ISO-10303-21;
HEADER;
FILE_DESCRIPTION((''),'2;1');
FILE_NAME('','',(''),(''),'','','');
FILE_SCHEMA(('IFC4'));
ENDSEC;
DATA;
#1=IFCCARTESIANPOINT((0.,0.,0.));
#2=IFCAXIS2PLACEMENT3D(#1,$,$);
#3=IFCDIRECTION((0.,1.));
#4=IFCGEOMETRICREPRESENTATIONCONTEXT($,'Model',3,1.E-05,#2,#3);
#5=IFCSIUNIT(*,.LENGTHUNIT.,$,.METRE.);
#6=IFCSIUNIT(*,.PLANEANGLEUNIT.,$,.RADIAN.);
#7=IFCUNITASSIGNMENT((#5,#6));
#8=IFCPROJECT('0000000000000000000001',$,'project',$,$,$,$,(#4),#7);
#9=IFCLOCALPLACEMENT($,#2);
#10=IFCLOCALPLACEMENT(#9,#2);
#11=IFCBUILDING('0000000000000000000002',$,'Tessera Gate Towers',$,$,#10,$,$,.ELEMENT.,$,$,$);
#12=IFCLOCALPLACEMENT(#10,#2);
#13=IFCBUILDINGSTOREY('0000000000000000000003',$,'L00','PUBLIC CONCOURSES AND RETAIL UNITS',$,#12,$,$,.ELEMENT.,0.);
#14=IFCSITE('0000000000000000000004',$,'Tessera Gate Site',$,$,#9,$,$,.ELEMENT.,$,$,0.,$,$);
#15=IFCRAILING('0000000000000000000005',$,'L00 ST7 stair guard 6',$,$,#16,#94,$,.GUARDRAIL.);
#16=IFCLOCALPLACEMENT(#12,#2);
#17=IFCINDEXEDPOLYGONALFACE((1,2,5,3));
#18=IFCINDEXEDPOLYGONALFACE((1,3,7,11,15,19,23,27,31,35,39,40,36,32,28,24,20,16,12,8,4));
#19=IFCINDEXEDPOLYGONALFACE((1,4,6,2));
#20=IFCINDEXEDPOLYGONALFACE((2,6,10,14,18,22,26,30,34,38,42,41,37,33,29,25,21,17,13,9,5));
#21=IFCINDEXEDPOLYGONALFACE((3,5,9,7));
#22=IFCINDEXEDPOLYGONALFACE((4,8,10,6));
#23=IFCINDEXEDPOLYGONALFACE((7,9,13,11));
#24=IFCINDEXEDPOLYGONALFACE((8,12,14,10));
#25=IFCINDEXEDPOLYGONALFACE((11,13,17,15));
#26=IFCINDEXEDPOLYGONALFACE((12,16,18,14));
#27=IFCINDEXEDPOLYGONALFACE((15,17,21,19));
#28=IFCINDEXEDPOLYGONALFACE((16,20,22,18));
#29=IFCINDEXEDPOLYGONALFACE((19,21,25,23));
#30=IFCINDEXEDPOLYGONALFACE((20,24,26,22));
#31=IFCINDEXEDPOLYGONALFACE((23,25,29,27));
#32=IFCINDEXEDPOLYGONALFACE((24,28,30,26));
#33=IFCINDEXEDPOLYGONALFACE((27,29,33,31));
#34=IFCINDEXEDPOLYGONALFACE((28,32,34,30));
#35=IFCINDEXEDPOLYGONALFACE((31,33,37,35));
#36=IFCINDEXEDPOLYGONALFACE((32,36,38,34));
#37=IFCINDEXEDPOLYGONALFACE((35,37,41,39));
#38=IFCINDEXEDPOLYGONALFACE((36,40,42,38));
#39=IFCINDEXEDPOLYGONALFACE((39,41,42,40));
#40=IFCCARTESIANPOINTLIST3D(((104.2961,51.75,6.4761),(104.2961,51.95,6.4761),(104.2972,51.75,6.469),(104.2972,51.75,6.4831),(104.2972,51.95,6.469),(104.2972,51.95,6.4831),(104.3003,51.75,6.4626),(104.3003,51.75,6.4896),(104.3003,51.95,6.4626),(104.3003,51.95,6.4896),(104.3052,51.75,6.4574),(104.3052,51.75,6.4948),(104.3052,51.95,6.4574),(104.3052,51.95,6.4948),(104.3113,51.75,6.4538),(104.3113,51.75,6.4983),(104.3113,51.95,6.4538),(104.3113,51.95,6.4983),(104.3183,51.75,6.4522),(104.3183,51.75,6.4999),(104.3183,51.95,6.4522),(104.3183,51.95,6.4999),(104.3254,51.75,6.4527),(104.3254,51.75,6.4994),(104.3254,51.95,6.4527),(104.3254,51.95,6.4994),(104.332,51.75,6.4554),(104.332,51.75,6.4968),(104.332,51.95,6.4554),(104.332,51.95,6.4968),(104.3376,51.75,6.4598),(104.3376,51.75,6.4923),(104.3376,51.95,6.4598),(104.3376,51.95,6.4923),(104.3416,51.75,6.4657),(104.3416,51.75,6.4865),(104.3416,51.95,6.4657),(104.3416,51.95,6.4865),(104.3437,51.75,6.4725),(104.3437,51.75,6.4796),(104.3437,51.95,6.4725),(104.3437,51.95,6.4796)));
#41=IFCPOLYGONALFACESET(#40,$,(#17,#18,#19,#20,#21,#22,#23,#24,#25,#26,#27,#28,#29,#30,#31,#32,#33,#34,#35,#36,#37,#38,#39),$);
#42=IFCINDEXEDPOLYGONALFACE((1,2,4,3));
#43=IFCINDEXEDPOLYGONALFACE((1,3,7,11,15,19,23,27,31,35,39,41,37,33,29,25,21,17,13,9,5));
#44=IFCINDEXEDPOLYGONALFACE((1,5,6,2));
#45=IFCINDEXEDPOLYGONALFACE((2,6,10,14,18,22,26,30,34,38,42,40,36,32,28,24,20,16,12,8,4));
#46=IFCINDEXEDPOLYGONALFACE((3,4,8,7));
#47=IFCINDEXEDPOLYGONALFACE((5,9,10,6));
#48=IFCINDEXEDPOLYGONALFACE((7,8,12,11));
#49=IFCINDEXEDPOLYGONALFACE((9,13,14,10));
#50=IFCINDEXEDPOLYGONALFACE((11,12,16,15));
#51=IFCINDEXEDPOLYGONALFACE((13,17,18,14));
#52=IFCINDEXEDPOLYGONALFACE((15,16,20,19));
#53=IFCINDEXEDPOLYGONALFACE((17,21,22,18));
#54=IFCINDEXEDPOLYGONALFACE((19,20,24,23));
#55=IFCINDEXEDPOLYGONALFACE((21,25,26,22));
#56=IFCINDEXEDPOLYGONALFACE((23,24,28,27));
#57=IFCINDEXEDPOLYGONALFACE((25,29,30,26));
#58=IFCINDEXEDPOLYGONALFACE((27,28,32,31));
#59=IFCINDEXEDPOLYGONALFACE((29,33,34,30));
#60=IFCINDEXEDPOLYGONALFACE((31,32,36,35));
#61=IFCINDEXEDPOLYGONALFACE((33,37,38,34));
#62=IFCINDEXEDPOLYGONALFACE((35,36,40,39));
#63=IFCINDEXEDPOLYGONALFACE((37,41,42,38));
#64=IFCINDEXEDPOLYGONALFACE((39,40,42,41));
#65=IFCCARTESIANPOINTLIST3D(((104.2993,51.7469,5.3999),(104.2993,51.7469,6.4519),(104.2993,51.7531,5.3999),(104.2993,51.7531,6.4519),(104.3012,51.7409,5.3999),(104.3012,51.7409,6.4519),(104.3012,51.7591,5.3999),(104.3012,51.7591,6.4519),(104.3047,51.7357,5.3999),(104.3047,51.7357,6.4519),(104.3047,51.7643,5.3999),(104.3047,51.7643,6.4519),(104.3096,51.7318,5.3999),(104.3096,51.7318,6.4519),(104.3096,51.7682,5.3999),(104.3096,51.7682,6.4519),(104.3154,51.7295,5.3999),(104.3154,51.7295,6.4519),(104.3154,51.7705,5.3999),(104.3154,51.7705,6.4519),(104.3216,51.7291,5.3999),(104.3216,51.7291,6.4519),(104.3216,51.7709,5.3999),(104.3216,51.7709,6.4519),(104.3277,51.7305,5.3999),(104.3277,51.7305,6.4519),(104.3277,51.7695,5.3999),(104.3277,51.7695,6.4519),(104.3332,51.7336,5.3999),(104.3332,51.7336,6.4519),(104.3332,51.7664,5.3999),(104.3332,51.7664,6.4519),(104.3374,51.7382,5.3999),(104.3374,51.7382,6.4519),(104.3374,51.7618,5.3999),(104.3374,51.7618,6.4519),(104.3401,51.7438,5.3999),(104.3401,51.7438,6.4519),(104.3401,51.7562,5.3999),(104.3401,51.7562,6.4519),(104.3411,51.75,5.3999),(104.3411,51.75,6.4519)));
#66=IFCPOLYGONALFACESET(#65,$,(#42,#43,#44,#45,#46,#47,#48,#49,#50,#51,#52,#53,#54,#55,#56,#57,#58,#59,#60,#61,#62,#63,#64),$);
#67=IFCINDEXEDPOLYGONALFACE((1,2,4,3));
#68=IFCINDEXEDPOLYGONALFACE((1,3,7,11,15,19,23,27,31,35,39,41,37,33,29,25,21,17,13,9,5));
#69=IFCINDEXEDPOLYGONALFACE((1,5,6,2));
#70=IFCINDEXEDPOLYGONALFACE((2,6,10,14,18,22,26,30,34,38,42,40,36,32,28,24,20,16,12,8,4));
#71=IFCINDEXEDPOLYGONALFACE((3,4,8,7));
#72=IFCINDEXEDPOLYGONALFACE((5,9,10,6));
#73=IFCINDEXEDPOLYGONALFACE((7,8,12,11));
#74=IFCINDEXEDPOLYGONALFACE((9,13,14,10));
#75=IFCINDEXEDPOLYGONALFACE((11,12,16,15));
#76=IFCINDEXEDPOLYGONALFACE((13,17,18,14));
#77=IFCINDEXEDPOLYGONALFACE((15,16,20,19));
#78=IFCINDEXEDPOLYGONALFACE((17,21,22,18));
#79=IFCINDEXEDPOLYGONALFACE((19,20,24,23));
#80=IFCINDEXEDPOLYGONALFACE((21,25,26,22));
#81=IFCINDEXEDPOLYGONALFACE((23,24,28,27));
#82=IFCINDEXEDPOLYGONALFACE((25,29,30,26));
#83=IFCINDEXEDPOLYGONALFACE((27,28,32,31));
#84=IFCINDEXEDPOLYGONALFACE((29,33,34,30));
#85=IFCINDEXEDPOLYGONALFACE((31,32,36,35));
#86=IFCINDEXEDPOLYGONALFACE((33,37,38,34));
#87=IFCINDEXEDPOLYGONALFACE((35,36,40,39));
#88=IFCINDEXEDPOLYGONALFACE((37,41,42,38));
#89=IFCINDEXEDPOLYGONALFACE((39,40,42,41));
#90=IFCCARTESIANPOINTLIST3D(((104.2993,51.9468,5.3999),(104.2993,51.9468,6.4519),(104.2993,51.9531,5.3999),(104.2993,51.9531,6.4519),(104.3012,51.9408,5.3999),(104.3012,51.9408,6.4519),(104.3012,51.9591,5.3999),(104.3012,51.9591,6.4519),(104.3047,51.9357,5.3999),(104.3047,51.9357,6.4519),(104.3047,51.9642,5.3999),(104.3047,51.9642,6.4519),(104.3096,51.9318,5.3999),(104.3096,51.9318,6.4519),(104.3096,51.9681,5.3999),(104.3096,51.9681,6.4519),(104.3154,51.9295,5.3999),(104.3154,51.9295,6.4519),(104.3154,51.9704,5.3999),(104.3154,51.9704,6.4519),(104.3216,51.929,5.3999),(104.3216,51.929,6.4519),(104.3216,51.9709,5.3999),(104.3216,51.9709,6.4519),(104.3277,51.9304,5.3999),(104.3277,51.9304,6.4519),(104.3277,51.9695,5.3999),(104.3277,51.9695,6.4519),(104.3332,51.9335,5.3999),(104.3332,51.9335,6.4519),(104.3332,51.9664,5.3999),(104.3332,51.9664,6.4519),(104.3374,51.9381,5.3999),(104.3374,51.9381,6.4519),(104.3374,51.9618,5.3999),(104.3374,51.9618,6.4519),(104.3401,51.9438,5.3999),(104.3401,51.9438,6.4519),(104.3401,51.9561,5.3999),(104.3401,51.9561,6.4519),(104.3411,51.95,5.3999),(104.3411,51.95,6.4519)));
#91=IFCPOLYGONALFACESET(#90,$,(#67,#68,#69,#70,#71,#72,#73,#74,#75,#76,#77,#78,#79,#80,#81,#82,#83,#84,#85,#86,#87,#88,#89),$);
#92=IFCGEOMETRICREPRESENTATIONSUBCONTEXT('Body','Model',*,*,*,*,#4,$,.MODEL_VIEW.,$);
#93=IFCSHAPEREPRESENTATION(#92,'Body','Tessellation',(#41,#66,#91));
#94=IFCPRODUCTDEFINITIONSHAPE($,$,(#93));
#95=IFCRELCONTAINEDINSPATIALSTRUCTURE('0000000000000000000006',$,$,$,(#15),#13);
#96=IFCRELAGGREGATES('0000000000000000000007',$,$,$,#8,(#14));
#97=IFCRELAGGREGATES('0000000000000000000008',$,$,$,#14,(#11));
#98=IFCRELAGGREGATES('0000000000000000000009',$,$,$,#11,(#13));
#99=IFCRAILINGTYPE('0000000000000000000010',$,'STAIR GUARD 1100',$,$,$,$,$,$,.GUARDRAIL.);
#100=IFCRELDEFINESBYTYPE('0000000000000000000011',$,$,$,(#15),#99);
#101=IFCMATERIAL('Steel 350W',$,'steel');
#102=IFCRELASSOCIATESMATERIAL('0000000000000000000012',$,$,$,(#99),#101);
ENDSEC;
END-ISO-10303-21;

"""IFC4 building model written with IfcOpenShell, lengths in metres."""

from ifc_helpers import new_model, si_unit, direction, frame, origin, origin_2d, place, context, subcontext, project, spatial, circle, extrude, material, type_object, element, save


model = new_model("IFC4")

# Units and contexts
model_context = context("Model", 3, precision=1e-05, world=origin(), true_north=direction((0.0, 1.0)))
body_context = subcontext(model_context, "Body", "Model", "MODEL_VIEW")
ifc_project = project(units=[si_unit("LENGTHUNIT", "METRE"), si_unit("PLANEANGLEUNIT", "RADIAN")], contexts=[model_context])

# Site, building, storey
site_placement = place(None, origin())
site = spatial("IfcSite", under=ifc_project, at=site_placement, Name="Tessera Gate Site", CompositionType="ELEMENT", RefElevation=0.0)
building_placement = place(site_placement, origin())
building = spatial("IfcBuilding", under=site, at=building_placement, Name="Tessera Gate Towers", CompositionType="ELEMENT")
storey_placement = place(building_placement, origin())
storey = spatial("IfcBuildingStorey", under=building, at=storey_placement, Name="L00", Description="PUBLIC CONCOURSES AND RETAIL UNITS", CompositionType="ELEMENT", Elevation=0.0)

# Railing
ifc_material_1 = material(Name="Steel 350W", Category="steel")
railing_type_1 = type_object("IfcRailingType", Name="STAIR GUARD 1100", PredefinedType="GUARDRAIL", material=ifc_material_1)
railing_1_placement = place(storey_placement, frame((104.3201, 51.75, 5.3999)))
element("IfcRailing", 1, at=railing_1_placement, inside=storey, type_object=railing_type_1, Name="L00 ST7 stair guard 6", PredefinedType="GUARDRAIL", context=body_context, shape_type="SweptSolid", body=[
    extrude(circle(Radius=0.0239, at=origin_2d()), frame((0.0, 0.0, 1.0762), z_axis=(0.0, 1.0, 0.0), x_axis=(-1.0, 0.0, 0.0)), (0.0, 0.0, 1.0), 0.2),
    extrude(circle(Radius=0.021, at=origin_2d()), origin(), (0.0, 0.0, 1.0), 1.052),
    extrude(circle(Radius=0.021, at=origin_2d()), frame((0.0, 0.2, 0.0)), (0.0, 0.0, 1.0), 1.052),
])

save(model, "model.ifc")
